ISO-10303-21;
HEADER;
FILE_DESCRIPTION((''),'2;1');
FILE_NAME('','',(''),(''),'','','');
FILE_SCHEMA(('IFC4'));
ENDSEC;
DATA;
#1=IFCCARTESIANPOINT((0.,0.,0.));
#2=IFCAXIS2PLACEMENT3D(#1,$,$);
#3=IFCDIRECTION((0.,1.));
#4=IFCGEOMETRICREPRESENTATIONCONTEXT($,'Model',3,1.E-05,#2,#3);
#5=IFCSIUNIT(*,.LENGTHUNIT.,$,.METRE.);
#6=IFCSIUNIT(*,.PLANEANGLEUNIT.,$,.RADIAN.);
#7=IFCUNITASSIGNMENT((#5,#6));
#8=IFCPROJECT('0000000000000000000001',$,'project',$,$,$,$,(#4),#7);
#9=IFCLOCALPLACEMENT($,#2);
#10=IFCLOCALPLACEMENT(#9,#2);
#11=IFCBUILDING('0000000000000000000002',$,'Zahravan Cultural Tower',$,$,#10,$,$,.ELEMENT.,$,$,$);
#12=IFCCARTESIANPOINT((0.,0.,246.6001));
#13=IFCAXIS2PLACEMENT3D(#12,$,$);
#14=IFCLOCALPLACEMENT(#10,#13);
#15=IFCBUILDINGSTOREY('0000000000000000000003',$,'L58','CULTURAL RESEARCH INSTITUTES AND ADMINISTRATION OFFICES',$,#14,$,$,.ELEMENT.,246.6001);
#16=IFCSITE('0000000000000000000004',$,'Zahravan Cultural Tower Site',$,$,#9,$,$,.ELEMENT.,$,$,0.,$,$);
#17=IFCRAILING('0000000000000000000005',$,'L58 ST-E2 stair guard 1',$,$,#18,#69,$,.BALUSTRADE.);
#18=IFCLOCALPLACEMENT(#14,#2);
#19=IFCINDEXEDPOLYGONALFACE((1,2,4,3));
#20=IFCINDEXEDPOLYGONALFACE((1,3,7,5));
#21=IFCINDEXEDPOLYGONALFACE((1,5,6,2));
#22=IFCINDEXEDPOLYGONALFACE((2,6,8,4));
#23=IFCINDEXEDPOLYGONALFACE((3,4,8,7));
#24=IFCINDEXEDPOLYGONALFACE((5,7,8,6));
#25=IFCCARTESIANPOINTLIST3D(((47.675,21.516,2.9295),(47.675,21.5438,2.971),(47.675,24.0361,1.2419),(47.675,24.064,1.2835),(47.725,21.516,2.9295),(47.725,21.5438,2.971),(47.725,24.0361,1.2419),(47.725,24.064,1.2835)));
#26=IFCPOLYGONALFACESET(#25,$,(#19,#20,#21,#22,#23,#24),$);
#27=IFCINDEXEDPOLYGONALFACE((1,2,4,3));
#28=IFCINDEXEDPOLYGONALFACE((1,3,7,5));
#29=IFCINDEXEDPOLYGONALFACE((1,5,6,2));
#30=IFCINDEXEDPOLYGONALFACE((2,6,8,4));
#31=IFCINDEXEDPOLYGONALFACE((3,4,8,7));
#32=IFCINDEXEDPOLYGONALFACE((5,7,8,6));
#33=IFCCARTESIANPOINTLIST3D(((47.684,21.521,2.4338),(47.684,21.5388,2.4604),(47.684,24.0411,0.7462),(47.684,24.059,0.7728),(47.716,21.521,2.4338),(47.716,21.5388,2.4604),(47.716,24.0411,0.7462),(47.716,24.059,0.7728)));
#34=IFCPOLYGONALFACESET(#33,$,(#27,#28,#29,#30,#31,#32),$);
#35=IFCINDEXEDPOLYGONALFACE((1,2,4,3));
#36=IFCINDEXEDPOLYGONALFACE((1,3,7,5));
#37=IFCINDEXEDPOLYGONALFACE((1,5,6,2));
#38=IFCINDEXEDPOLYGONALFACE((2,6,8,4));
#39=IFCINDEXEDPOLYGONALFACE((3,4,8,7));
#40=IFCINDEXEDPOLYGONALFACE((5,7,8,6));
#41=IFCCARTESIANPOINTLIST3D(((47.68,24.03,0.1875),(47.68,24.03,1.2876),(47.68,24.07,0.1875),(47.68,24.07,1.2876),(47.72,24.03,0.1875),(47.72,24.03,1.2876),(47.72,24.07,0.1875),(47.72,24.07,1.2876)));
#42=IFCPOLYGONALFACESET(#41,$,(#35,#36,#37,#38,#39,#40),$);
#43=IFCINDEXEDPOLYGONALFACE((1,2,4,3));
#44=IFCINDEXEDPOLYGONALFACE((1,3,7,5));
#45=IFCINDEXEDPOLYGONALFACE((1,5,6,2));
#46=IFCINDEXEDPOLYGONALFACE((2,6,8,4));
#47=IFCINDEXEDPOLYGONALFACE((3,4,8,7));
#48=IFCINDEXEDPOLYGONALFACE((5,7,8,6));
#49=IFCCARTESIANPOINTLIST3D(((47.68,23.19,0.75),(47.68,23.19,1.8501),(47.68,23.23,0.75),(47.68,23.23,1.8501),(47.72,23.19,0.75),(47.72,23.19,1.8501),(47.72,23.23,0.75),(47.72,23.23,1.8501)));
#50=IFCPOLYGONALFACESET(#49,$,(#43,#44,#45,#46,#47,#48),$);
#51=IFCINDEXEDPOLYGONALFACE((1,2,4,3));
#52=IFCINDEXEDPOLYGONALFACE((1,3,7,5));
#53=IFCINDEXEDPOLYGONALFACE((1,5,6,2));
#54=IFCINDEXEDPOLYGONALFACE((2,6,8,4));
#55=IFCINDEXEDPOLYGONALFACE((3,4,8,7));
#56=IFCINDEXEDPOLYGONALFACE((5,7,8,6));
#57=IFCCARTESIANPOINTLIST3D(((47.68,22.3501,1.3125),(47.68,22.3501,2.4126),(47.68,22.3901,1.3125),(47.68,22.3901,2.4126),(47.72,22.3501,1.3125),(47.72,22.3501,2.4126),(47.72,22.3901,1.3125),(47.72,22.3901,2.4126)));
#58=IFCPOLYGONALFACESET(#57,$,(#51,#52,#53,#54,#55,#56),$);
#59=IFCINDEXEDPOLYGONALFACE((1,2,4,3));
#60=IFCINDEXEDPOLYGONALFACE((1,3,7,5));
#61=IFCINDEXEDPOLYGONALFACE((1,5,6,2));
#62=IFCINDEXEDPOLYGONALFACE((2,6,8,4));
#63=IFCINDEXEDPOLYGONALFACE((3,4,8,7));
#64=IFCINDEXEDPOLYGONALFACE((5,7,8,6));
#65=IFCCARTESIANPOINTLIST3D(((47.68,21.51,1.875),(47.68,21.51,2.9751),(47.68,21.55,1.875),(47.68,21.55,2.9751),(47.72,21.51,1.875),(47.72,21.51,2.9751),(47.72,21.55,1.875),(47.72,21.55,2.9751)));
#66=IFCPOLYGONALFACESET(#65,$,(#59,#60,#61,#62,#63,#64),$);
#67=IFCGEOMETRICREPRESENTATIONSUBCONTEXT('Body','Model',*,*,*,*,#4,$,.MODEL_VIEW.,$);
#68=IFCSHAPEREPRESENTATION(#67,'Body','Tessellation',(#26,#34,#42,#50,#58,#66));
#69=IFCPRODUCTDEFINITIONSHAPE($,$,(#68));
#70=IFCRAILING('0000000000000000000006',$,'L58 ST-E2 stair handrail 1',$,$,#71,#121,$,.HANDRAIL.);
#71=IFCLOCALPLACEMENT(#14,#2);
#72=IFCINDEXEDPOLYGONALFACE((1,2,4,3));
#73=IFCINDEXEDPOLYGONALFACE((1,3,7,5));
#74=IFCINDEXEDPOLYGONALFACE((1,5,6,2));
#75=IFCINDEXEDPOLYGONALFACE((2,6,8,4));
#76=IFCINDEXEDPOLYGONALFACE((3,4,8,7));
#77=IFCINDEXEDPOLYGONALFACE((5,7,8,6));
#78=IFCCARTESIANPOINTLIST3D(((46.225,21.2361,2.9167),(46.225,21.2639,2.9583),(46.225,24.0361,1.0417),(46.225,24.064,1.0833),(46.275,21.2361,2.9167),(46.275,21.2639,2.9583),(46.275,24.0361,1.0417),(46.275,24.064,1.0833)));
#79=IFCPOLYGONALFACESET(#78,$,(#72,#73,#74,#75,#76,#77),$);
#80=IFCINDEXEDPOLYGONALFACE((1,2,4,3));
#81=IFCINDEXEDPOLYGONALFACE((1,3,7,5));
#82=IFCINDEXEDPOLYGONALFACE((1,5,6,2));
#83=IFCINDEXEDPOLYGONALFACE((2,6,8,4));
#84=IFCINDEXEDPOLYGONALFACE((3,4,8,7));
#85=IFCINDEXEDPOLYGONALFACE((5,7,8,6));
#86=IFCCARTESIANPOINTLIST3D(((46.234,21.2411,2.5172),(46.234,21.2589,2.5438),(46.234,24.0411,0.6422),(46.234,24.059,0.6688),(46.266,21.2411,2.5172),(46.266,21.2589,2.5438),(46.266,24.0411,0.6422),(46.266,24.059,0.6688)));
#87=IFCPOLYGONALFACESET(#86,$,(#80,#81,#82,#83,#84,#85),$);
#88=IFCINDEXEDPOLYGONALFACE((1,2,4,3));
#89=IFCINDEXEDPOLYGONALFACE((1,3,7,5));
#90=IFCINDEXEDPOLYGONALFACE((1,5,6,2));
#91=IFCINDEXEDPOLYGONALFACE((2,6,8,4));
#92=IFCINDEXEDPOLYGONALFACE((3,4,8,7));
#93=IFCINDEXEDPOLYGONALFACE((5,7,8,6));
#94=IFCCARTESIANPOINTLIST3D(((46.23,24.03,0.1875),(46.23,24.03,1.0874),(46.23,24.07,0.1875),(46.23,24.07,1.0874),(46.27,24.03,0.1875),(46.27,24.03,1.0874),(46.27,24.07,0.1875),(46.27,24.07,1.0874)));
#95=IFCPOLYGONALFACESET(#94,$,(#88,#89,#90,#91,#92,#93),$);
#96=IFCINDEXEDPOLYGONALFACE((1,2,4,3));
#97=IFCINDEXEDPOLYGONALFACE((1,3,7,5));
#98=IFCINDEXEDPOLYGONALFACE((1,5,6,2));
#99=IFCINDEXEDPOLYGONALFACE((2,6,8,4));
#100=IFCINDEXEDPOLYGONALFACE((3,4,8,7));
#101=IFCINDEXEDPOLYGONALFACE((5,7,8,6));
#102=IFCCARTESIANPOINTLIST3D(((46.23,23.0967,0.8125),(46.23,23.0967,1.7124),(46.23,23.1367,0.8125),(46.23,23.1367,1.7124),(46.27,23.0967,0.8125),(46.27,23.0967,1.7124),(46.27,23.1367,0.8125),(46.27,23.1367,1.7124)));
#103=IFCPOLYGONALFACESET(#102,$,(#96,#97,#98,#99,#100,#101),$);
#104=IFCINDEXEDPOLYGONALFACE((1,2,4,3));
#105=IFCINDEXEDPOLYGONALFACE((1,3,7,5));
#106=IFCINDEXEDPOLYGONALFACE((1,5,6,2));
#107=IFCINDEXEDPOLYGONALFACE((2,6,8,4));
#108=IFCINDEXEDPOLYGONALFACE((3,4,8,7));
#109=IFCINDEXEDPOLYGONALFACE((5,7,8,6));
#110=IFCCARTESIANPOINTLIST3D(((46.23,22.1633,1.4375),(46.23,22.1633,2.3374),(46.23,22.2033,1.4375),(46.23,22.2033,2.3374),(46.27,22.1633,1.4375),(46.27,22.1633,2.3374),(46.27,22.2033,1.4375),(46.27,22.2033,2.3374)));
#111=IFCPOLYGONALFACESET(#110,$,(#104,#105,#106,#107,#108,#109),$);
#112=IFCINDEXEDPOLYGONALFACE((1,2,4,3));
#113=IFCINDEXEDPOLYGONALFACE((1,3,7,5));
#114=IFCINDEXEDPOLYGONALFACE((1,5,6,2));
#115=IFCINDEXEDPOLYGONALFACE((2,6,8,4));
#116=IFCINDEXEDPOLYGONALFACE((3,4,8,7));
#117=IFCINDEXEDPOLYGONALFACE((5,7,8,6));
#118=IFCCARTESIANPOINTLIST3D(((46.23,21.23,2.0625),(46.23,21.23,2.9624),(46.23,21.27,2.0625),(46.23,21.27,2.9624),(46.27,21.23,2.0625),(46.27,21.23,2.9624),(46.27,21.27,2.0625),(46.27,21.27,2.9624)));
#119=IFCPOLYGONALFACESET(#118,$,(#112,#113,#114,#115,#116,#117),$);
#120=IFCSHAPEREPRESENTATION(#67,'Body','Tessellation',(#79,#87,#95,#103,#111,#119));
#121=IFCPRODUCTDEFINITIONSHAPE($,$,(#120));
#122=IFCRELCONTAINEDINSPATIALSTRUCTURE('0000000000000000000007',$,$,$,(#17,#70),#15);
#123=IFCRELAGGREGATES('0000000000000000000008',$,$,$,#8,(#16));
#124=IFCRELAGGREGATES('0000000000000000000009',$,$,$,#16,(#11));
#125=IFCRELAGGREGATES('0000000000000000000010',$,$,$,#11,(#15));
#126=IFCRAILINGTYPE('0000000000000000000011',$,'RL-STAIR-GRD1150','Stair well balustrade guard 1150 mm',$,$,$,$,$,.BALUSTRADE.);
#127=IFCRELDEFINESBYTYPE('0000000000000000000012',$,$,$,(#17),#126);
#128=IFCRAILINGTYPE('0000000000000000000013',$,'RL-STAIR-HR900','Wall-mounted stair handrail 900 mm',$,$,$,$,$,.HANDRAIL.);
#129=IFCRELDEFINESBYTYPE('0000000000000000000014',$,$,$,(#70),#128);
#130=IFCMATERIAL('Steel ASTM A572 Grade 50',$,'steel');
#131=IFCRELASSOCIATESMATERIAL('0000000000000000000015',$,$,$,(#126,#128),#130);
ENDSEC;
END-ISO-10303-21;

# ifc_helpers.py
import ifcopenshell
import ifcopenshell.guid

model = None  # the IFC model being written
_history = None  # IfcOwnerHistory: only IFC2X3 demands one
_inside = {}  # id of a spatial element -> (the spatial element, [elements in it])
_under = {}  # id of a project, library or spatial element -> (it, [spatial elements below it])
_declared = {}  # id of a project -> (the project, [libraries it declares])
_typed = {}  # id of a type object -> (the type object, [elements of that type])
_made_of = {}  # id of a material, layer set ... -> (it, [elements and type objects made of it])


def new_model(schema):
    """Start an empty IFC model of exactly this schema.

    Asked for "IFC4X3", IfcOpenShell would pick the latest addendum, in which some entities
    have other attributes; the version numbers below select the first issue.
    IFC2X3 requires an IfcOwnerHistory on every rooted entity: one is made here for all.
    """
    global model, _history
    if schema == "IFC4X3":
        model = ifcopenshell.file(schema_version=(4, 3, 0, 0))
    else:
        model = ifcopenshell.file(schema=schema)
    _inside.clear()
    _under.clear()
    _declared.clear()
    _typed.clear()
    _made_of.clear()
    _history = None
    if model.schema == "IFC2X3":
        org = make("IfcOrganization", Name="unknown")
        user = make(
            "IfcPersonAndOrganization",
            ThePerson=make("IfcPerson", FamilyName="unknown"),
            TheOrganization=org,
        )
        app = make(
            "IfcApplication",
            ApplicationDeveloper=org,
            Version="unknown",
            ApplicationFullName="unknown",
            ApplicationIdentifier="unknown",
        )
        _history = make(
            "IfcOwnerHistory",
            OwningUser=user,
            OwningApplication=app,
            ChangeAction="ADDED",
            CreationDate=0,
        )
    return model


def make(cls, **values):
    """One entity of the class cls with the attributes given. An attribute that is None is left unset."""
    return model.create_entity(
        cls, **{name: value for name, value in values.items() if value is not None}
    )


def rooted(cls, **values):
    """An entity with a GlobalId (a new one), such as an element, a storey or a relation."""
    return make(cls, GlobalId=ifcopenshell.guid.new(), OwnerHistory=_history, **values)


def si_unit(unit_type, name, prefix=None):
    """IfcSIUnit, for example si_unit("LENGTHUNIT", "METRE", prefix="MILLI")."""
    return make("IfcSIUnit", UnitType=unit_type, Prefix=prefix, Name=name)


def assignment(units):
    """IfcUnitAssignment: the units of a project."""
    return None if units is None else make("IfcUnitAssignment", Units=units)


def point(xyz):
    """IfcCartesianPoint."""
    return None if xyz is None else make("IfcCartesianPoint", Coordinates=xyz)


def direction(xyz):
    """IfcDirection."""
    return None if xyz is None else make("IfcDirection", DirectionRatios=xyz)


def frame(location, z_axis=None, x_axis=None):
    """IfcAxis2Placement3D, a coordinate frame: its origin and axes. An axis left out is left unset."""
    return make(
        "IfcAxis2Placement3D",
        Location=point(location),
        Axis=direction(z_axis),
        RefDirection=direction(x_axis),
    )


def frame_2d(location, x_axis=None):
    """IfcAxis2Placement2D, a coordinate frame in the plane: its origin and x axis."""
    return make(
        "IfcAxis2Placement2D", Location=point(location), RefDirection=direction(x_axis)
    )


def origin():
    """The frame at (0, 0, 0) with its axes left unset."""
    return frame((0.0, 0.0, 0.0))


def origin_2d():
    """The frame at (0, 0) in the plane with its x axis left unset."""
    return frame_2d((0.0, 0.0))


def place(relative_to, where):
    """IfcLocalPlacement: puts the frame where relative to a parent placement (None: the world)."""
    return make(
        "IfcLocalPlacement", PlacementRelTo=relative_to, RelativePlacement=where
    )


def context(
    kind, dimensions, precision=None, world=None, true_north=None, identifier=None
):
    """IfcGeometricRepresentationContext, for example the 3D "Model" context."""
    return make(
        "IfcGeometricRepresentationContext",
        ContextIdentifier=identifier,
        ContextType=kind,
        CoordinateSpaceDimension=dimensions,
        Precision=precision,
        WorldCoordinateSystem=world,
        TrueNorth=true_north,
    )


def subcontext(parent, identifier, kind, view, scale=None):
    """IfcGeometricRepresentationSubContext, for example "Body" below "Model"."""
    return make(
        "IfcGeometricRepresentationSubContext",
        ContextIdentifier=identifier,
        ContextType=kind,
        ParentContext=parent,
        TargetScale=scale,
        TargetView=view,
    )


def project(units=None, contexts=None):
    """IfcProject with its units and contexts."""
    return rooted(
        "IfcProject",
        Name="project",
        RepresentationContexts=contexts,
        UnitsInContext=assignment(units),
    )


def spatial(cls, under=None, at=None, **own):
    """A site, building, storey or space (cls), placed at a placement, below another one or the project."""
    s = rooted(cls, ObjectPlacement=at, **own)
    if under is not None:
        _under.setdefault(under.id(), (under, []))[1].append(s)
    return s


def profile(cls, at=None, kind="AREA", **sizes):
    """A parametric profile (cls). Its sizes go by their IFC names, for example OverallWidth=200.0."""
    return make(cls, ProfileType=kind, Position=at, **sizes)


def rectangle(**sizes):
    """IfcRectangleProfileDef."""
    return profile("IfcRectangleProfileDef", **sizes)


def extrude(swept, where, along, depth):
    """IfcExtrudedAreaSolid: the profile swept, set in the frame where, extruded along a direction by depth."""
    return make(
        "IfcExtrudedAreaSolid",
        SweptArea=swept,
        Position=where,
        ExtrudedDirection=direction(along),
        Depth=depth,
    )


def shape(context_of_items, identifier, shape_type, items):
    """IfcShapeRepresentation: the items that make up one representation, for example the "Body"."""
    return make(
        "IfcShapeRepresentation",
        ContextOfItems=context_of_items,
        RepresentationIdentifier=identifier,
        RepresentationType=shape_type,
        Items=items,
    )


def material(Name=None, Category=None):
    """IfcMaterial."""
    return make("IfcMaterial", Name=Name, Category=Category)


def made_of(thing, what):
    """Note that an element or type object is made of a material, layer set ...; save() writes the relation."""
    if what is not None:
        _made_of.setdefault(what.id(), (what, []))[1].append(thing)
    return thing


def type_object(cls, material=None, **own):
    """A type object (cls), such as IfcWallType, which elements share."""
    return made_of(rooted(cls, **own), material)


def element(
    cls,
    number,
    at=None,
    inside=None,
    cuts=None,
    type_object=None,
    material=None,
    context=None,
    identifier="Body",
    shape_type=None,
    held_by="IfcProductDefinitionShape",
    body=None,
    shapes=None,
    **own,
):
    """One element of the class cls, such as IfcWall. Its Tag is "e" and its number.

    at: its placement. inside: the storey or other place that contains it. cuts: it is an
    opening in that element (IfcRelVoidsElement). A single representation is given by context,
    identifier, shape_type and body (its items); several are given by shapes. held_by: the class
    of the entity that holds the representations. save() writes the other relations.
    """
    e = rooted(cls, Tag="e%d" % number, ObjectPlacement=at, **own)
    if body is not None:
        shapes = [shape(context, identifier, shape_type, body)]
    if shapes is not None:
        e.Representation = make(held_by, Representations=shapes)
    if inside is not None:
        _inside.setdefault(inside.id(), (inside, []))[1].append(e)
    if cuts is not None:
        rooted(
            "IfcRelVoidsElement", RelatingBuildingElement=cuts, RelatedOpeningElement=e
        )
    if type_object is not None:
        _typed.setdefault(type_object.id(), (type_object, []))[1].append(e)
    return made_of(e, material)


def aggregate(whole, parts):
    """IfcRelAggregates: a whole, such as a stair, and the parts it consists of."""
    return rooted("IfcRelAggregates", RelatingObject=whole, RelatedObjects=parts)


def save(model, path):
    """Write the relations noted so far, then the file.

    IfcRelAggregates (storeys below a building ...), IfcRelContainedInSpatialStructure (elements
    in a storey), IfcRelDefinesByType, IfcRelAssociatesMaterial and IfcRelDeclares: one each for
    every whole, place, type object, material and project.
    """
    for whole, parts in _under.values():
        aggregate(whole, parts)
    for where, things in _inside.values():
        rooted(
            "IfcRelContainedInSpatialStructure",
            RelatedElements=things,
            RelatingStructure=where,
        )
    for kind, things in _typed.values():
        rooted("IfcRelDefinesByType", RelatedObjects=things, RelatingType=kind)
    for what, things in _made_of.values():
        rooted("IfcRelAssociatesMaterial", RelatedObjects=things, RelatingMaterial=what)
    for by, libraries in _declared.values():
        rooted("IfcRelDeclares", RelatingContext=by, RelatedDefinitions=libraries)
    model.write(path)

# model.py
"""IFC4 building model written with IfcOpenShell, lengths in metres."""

from ifc_helpers import new_model, si_unit, direction, frame, origin, origin_2d, place, context, subcontext, project, spatial, rectangle, extrude, material, type_object, element, save


model = new_model("IFC4")

# Units and contexts
model_context = context("Model", 3, precision=1e-05, world=origin(), true_north=direction((0.0, 1.0)))
body_context = subcontext(model_context, "Body", "Model", "MODEL_VIEW")
ifc_project = project(units=[si_unit("LENGTHUNIT", "METRE"), si_unit("PLANEANGLEUNIT", "RADIAN")], contexts=[model_context])

# Site, building, storey
site_placement = place(None, origin())
site = spatial("IfcSite", under=ifc_project, at=site_placement, Name="Zahravan Cultural Tower Site", CompositionType="ELEMENT", RefElevation=0.0)
building_placement = place(site_placement, origin())
building = spatial("IfcBuilding", under=site, at=building_placement, Name="Zahravan Cultural Tower", CompositionType="ELEMENT")
storey_placement = place(building_placement, frame((0.0, 0.0, 246.6001)))
storey = spatial("IfcBuildingStorey", under=building, at=storey_placement, Name="L58", Description="CULTURAL RESEARCH INSTITUTES AND ADMINISTRATION OFFICES", CompositionType="ELEMENT", Elevation=246.6001)

# Shared definitions
ifc_material_1 = material(Name="Steel ASTM A572 Grade 50", Category="steel")

# Railings
railing_type_1 = type_object("IfcRailingType", Name="RL-STAIR-GRD1150", Description="Stair well balustrade guard 1150 mm", PredefinedType="BALUSTRADE", material=ifc_material_1)
railing_1_placement = place(storey_placement, frame((47.7, 24.05, 0.1875)))
element("IfcRailing", 1, at=railing_1_placement, inside=storey, type_object=railing_type_1, Name="L58 ST-E2 stair guard 1", PredefinedType="BALUSTRADE", context=body_context, shape_type="SweptSolid", body=[
    extrude(rectangle(XDim=0.05, YDim=0.05, at=origin_2d()), frame((0.0, 0.0, 1.0752), z_axis=(0.0, -0.830909, 0.556408), x_axis=(1.0, 0.0, 0.0)), (0.0, 0.0, 1.0), 3.033),
    extrude(rectangle(XDim=0.032, YDim=0.032, at=origin_2d()), frame((0.0, 0.0, 0.572), z_axis=(0.0, -0.830909, 0.556408), x_axis=(1.0, 0.0, 0.0)), (0.0, 0.0, 1.0), 3.033),
    extrude(rectangle(XDim=0.04, YDim=0.04, at=origin_2d()), origin(), (0.0, 0.0, 1.0), 1.1001),
    extrude(rectangle(XDim=0.04, YDim=0.04, at=origin_2d()), frame((0.0, -0.8401, 0.5625)), (0.0, 0.0, 1.0), 1.1001),
    extrude(rectangle(XDim=0.04, YDim=0.04, at=origin_2d()), frame((0.0, -1.6799, 1.125)), (0.0, 0.0, 1.0), 1.1001),
    extrude(rectangle(XDim=0.04, YDim=0.04, at=origin_2d()), frame((0.0, -2.52, 1.6875)), (0.0, 0.0, 1.0), 1.1001),
])
railing_type_2 = type_object("IfcRailingType", Name="RL-STAIR-HR900", Description="Wall-mounted stair handrail 900 mm", PredefinedType="HANDRAIL", material=ifc_material_1)
railing_2_placement = place(storey_placement, frame((46.25, 24.05, 0.1875)))
element("IfcRailing", 2, at=railing_2_placement, inside=storey, type_object=railing_type_2, Name="L58 ST-E2 stair handrail 1", PredefinedType="HANDRAIL", context=body_context, shape_type="SweptSolid", body=[
    extrude(rectangle(XDim=0.05, YDim=0.05, at=origin_2d()), frame((0.0, 0.0, 0.875), z_axis=(0.0, -0.830912, 0.556404), x_axis=(1.0, 0.0, 0.0)), (0.0, 0.0, 1.0), 3.3699),
    extrude(rectangle(XDim=0.032, YDim=0.032, at=origin_2d()), frame((0.0, 0.0, 0.468), z_axis=(0.0, -0.830912, 0.556404), x_axis=(1.0, 0.0, 0.0)), (0.0, 0.0, 1.0), 3.3699),
    extrude(rectangle(XDim=0.04, YDim=0.04, at=origin_2d()), origin(), (0.0, 0.0, 1.0), 0.8999),
    extrude(rectangle(XDim=0.04, YDim=0.04, at=origin_2d()), frame((0.0, -0.9333, 0.625)), (0.0, 0.0, 1.0), 0.8999),
    extrude(rectangle(XDim=0.04, YDim=0.04, at=origin_2d()), frame((0.0, -1.8667, 1.25)), (0.0, 0.0, 1.0), 0.8999),
    extrude(rectangle(XDim=0.04, YDim=0.04, at=origin_2d()), frame((0.0, -2.8, 1.875)), (0.0, 0.0, 1.0), 0.8999),
])

save(model, "model.ifc")
